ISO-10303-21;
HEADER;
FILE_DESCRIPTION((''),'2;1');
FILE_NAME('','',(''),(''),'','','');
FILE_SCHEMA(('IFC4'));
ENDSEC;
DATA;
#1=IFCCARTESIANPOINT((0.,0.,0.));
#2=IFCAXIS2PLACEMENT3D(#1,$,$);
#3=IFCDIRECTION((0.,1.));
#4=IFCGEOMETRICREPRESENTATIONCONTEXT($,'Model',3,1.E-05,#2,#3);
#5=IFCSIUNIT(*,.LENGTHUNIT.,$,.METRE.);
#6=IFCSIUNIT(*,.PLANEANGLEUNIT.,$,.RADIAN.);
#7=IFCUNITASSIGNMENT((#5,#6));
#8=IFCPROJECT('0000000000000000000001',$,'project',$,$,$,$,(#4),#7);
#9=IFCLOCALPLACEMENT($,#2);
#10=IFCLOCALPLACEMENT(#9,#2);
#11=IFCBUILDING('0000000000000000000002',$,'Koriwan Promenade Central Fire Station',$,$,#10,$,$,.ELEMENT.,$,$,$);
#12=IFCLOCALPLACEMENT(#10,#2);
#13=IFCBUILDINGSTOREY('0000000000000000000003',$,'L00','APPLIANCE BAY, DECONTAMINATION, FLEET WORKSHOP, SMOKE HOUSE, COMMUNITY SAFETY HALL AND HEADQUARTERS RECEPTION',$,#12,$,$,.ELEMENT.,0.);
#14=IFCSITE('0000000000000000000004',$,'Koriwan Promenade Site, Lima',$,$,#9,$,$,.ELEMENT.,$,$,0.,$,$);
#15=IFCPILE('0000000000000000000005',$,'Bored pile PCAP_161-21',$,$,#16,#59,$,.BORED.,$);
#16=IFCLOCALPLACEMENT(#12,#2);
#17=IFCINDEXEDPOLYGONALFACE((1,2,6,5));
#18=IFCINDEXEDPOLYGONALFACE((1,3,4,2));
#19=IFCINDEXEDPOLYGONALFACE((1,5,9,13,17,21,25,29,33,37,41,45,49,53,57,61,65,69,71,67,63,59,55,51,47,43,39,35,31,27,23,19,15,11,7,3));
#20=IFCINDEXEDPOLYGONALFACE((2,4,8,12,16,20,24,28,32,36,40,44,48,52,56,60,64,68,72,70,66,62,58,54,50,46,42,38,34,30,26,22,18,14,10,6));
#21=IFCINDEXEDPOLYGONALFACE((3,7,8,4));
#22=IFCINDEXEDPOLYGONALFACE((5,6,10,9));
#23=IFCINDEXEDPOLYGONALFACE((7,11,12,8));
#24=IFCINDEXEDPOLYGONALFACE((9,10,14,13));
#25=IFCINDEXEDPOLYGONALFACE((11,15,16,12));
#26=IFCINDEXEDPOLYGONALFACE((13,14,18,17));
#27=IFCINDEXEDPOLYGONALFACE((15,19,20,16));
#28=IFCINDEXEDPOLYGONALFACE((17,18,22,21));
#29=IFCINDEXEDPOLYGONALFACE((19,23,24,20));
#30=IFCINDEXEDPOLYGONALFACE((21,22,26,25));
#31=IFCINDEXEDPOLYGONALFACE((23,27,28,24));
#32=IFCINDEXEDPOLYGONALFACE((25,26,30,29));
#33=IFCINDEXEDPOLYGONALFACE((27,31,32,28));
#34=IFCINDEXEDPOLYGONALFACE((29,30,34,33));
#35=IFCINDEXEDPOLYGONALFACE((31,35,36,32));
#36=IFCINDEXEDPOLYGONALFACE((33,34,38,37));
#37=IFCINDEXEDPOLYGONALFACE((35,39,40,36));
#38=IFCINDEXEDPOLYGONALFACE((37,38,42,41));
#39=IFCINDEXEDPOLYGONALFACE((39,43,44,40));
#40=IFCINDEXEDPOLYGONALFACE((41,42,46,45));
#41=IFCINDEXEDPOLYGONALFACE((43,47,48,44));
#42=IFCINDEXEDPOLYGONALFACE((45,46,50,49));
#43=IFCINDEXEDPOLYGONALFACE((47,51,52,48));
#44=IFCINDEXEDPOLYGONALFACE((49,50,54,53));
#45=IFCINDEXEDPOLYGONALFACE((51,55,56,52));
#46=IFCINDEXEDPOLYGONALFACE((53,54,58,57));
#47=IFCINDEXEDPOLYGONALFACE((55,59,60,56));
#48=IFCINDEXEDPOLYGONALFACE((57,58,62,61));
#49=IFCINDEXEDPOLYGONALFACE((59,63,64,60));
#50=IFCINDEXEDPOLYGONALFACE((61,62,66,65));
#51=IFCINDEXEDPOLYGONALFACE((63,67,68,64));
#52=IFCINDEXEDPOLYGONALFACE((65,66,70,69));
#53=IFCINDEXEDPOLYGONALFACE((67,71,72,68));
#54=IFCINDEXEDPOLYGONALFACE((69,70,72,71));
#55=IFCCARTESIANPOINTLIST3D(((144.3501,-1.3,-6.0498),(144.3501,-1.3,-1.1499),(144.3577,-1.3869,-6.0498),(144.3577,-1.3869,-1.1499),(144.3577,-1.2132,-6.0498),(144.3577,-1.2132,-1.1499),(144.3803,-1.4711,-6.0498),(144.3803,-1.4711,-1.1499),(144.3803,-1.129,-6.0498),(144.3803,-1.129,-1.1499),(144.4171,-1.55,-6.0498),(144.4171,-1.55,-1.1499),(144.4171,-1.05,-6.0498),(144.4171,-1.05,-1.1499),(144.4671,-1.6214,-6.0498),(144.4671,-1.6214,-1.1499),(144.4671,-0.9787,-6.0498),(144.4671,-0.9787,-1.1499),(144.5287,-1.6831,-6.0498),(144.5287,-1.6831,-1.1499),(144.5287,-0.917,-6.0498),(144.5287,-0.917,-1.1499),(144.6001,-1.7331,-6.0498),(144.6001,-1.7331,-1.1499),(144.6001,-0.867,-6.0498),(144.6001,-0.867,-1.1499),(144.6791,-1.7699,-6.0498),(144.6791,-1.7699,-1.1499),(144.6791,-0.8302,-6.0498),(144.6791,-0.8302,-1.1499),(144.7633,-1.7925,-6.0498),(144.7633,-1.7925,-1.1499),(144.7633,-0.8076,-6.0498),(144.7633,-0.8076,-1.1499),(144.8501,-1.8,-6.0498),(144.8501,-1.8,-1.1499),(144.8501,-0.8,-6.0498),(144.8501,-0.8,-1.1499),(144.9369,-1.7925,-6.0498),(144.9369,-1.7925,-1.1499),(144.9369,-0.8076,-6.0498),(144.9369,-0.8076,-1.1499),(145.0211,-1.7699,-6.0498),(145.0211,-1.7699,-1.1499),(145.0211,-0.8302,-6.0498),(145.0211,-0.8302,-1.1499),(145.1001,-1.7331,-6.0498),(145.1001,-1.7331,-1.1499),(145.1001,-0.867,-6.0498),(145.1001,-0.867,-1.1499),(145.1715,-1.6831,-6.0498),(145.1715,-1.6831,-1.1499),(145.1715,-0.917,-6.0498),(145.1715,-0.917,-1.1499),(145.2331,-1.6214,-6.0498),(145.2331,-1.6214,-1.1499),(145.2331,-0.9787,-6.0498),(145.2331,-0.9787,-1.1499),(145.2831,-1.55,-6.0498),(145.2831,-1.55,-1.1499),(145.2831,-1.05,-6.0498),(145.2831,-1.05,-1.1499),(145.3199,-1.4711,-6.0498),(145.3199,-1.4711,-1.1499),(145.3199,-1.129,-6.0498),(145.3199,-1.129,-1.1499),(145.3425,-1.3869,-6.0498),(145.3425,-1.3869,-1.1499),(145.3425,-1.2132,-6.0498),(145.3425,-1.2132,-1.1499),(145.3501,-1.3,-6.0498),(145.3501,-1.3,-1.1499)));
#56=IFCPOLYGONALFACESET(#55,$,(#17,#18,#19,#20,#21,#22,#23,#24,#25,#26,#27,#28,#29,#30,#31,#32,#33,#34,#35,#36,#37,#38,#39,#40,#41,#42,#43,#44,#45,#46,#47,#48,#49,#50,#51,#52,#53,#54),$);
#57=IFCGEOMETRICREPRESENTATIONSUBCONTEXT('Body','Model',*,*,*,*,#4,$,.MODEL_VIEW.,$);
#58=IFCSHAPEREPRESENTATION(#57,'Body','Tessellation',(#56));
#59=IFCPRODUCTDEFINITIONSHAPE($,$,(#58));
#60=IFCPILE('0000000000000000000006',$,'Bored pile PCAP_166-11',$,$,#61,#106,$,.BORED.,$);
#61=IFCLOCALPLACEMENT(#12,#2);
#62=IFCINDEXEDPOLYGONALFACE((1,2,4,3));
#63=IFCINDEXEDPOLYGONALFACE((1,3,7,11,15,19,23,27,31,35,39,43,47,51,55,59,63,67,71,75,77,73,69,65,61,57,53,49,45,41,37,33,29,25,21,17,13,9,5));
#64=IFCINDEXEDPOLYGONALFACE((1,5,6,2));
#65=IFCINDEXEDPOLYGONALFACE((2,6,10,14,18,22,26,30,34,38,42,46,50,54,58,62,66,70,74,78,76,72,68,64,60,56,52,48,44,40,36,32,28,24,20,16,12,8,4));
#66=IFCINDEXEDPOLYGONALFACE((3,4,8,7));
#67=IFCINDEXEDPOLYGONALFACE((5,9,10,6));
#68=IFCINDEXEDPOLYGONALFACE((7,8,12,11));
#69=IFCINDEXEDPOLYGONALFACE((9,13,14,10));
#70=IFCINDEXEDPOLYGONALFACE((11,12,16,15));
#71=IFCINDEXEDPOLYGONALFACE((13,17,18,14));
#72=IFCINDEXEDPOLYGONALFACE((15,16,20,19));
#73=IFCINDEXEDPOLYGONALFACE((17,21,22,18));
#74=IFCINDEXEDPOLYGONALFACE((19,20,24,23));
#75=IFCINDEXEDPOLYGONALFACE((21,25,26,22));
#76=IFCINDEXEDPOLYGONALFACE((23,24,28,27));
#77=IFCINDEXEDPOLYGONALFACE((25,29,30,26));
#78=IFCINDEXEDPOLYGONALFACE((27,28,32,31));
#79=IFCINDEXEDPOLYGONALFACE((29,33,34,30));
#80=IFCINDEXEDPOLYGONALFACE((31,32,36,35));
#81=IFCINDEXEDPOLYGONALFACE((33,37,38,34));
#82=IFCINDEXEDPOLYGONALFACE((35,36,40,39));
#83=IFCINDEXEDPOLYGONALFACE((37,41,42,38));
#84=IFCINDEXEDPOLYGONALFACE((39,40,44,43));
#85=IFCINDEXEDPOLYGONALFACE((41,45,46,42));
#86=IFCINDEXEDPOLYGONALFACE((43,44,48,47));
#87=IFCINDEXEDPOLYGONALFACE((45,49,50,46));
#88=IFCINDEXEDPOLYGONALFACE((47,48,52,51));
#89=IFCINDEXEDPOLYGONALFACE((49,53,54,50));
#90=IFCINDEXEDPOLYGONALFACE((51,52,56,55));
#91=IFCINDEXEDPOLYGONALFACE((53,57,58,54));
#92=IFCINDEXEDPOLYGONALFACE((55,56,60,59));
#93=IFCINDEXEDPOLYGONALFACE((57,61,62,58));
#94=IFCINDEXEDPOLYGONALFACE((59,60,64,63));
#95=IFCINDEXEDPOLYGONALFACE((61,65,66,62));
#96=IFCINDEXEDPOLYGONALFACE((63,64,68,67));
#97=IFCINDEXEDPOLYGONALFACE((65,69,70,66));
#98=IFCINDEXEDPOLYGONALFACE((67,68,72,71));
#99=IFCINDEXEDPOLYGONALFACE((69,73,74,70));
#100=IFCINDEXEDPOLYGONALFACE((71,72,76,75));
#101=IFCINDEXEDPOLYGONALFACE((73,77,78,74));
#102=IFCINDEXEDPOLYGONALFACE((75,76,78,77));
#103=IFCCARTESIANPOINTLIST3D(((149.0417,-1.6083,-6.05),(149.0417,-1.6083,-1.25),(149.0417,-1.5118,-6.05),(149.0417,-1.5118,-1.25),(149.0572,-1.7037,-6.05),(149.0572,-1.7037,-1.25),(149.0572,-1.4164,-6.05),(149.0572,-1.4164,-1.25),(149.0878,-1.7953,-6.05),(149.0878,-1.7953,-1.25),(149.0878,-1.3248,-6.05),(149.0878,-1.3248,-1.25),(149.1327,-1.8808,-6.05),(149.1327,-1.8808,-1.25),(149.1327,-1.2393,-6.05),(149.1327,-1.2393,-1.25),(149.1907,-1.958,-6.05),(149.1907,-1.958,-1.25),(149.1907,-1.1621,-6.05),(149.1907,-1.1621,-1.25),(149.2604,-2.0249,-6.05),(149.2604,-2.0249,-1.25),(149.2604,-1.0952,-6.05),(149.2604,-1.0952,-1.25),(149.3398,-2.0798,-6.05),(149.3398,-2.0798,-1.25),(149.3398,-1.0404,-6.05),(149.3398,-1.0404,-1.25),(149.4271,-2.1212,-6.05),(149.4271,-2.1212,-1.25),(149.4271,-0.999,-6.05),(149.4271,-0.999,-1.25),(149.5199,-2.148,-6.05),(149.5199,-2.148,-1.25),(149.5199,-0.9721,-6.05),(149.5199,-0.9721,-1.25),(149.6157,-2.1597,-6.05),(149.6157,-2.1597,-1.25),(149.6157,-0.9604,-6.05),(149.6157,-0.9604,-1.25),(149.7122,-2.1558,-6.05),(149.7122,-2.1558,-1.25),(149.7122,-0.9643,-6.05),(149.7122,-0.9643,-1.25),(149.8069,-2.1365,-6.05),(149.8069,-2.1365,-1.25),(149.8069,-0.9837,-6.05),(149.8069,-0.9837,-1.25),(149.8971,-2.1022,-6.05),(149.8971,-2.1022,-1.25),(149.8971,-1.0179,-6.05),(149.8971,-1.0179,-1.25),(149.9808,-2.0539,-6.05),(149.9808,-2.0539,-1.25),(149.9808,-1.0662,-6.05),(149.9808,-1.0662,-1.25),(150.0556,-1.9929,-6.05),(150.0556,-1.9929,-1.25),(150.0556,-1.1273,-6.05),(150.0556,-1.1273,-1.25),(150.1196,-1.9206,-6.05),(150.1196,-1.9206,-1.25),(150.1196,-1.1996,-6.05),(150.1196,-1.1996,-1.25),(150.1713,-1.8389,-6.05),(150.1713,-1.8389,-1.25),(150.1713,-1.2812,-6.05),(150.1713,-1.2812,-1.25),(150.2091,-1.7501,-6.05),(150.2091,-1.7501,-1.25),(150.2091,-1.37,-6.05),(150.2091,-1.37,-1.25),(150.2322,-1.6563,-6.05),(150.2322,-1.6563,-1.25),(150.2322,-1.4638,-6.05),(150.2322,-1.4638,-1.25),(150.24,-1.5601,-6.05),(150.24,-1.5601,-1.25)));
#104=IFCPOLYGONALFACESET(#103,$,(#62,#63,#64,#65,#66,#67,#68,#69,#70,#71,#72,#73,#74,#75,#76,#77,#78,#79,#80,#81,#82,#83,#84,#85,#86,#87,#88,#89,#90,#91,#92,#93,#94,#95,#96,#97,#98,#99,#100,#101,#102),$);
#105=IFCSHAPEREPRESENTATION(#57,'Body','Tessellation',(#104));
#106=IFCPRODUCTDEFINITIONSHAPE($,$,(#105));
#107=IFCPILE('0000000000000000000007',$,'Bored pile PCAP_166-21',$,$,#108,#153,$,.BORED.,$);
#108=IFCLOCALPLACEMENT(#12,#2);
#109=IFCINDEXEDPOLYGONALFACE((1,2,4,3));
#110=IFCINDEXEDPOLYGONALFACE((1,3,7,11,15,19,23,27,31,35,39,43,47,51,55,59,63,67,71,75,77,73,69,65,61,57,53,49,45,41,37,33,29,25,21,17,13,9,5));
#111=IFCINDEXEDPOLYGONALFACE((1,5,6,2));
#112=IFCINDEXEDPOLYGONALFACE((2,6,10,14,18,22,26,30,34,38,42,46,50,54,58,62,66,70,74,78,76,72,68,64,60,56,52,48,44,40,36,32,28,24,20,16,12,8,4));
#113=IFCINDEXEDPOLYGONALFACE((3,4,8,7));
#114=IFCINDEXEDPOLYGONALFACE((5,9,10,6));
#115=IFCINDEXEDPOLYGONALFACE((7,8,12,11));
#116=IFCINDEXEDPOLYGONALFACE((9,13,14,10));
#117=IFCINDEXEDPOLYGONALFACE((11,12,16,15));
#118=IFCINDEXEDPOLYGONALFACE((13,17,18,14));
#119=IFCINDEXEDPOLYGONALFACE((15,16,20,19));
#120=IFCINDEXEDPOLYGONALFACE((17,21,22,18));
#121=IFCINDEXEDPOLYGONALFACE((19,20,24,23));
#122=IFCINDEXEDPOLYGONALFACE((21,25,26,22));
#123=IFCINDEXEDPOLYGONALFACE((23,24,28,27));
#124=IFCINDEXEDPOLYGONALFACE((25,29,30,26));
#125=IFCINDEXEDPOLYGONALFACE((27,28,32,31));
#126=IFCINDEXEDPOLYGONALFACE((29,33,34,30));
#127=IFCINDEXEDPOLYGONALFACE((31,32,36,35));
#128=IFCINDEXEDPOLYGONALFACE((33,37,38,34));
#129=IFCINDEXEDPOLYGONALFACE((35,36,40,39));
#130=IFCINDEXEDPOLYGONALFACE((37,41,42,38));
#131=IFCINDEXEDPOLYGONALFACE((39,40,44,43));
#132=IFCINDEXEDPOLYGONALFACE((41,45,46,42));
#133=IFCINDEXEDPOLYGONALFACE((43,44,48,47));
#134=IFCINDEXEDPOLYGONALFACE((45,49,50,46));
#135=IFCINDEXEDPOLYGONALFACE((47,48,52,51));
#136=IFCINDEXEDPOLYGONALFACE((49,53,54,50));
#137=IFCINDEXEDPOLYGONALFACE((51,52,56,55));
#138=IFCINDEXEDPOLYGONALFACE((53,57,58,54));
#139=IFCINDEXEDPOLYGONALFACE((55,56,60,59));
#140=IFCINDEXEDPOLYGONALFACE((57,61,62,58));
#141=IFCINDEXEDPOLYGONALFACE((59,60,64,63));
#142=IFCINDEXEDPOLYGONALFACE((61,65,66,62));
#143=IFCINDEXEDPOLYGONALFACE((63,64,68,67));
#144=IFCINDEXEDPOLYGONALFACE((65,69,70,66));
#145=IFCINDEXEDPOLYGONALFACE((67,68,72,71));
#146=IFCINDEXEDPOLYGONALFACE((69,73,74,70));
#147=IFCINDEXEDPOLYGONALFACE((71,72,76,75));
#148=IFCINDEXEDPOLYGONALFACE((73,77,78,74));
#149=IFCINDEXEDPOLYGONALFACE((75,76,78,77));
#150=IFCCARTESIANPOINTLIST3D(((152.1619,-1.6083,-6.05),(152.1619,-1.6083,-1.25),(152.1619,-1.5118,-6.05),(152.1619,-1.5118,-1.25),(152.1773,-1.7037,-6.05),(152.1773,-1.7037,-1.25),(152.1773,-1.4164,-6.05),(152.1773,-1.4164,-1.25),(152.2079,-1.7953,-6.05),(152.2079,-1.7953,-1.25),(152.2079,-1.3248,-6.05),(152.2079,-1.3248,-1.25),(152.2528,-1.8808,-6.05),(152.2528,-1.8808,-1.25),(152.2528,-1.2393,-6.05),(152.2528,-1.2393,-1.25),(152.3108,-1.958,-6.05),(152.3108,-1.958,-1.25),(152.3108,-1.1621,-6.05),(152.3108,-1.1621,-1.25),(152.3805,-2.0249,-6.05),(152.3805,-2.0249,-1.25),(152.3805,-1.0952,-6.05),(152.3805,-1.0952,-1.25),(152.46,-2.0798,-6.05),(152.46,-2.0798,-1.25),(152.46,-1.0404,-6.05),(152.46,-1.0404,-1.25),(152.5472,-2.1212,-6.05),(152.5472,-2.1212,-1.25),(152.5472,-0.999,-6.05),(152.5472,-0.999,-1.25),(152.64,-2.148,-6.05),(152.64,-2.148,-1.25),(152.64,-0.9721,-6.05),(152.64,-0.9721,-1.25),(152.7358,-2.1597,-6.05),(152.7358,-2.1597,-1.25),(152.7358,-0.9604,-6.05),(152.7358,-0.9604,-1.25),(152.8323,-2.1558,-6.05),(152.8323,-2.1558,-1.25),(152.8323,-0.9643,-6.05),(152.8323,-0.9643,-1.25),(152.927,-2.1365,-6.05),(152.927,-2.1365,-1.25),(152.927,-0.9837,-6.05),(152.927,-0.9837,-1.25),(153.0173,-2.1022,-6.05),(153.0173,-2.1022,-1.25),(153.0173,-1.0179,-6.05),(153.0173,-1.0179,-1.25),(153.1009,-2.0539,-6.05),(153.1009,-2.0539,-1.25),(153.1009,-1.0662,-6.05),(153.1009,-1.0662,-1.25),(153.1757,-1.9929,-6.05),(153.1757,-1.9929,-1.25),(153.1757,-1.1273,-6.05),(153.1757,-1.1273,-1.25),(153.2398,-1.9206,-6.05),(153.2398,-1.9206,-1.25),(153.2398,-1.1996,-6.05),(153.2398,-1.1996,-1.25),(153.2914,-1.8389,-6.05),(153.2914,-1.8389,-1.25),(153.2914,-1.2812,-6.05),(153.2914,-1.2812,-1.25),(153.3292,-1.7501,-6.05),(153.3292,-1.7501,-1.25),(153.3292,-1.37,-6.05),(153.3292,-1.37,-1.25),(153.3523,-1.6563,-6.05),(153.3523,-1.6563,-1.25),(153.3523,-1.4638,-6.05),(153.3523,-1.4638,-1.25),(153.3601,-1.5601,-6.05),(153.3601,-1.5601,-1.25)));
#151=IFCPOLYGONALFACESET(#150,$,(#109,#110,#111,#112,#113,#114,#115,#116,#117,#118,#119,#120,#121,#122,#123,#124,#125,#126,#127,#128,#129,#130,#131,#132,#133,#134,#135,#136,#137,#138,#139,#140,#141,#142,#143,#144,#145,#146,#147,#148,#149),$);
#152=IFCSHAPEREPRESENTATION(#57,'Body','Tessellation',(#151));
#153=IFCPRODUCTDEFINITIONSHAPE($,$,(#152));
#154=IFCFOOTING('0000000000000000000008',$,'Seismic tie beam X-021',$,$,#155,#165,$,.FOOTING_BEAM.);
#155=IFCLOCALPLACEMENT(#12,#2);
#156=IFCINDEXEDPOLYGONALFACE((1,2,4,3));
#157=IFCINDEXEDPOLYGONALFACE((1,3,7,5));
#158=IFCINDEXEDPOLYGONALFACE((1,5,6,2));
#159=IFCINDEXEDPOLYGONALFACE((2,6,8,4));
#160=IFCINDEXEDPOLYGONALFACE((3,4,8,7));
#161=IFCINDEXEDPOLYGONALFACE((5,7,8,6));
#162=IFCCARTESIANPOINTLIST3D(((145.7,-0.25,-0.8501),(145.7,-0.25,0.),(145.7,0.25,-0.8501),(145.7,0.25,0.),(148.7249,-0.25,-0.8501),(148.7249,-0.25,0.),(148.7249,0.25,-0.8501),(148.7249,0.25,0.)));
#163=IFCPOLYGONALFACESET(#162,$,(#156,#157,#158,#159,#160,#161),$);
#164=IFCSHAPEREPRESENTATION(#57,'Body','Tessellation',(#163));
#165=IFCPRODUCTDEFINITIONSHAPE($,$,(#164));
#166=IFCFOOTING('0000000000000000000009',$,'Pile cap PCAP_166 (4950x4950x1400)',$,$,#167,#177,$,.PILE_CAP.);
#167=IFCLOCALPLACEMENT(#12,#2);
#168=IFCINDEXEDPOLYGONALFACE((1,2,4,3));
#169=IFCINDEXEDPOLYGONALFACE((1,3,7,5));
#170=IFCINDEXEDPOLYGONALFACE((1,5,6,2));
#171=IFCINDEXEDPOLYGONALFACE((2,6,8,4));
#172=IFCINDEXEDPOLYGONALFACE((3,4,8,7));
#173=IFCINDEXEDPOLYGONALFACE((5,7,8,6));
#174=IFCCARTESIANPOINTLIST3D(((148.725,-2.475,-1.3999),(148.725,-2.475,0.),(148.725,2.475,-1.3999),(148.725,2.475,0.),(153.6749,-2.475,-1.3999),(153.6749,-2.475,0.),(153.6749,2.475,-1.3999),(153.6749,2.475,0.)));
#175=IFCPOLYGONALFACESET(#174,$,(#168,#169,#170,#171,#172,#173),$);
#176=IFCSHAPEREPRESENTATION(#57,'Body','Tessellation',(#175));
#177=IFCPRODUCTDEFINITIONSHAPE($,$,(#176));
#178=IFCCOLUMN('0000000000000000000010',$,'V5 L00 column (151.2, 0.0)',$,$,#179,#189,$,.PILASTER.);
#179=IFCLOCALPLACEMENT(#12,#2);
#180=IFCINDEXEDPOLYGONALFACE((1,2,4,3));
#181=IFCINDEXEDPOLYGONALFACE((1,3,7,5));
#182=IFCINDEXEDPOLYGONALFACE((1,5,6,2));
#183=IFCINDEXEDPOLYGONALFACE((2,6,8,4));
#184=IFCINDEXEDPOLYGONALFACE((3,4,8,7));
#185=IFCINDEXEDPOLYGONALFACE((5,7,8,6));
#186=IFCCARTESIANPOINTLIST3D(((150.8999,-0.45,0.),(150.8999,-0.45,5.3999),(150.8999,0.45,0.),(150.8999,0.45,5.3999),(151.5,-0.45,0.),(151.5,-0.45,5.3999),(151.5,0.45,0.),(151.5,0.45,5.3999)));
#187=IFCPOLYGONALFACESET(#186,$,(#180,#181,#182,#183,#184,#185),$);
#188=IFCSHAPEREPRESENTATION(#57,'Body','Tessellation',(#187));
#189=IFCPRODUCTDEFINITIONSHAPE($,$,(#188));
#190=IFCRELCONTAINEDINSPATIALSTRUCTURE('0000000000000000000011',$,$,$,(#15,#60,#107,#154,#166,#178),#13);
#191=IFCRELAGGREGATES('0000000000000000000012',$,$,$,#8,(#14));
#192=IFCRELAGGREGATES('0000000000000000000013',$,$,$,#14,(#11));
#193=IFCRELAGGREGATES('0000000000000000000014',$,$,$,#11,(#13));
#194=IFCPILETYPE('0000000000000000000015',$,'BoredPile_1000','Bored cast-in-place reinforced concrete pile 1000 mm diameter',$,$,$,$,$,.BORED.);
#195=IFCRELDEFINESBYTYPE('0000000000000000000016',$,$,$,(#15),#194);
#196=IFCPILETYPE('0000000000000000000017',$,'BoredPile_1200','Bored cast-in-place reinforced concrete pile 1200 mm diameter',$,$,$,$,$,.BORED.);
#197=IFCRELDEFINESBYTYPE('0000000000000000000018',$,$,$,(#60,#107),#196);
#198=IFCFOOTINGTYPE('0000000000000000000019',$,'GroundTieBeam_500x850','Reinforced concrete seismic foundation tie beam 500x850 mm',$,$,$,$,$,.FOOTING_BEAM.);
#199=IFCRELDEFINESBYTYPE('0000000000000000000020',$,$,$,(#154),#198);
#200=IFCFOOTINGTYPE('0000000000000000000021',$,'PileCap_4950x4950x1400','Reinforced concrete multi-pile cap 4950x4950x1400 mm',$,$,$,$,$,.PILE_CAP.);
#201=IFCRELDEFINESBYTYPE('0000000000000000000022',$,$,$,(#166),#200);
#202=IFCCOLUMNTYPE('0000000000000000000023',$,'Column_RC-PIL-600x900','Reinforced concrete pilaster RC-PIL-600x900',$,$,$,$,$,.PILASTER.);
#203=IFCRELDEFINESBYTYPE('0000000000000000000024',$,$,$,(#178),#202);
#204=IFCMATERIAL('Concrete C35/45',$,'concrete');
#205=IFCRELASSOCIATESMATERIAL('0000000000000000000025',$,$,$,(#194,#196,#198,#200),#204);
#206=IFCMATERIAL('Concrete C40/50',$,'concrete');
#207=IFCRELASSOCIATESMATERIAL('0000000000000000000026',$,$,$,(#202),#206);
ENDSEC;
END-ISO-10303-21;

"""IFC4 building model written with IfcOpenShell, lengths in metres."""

from ifc_helpers import new_model, si_unit, direction, frame, origin, origin_2d, place, context, subcontext, project, spatial, rectangle, circle, extrude, material, material_profile, profile_set, type_object, element, save


model = new_model("IFC4")

# Units and contexts
model_context = context("Model", 3, precision=1e-05, world=origin(), true_north=direction((0.0, 1.0)))
body_context = subcontext(model_context, "Body", "Model", "MODEL_VIEW")
ifc_project = project(units=[si_unit("LENGTHUNIT", "METRE"), si_unit("PLANEANGLEUNIT", "RADIAN")], contexts=[model_context])

# Site, building, storey
site_placement = place(None, origin())
site = spatial("IfcSite", under=ifc_project, at=site_placement, Name="Koriwan Promenade Site, Lima", CompositionType="ELEMENT", RefElevation=0.0)
building_placement = place(site_placement, origin())
building = spatial("IfcBuilding", under=site, at=building_placement, Name="Koriwan Promenade Central Fire Station", CompositionType="ELEMENT")
storey_placement = place(building_placement, origin())
storey = spatial("IfcBuildingStorey", under=building, at=storey_placement, Name="L00", Description="APPLIANCE BAY, DECONTAMINATION, FLEET WORKSHOP, SMOKE HOUSE, COMMUNITY SAFETY HALL AND HEADQUARTERS RECEPTION", CompositionType="ELEMENT", Elevation=0.0)

# Piles
ifc_material_1 = material(Name="Concrete C35/45", Category="concrete")
ifc_material_profile_1 = material_profile(ifc_material_1, circle(Radius=0.5, at=origin_2d()), Name="PILE-D1000")
ifc_profile_set_1 = profile_set([ifc_material_profile_1], Name="Concrete C35/45")
pile_type_1 = type_object("IfcPileType", Name="BoredPile_1000", Description="Bored cast-in-place reinforced concrete pile 1000 mm diameter", PredefinedType="BORED", material=ifc_profile_set_1)
pile_placement = place(storey_placement, frame((144.8501, -1.3, -1.1499), z_axis=(0.0, 0.0, -1.0), x_axis=(1.0, 0.0, 0.0)))
element("IfcPile", 1, at=pile_placement, inside=storey, type_object=pile_type_1, Name="Bored pile PCAP_161-21", PredefinedType="BORED", context=body_context, shape_type="SweptSolid", body=[
    extrude(circle(Radius=0.5, at=origin_2d()), origin(), (0.0, 0.0, 1.0), 4.8999),
])
ifc_material_profile_2 = material_profile(ifc_material_1, circle(Radius=0.6001, at=origin_2d()), Name="PILE-D1200")
ifc_profile_set_2 = profile_set([ifc_material_profile_2], Name="Concrete C35/45")
pile_type_2 = type_object("IfcPileType", Name="BoredPile_1200", Description="Bored cast-in-place reinforced concrete pile 1200 mm diameter", PredefinedType="BORED", material=ifc_profile_set_2)
for number, where, z_axis, x_axis, name in (
    (2, (149.6399, -1.5601, -1.25), (0.0, 0.0, -1.0), (1.0, 0.0, 0.0), "Bored pile PCAP_166-11"),
    (3, (152.76, -1.5601, -1.25), (0.0, 0.0, -1.0), (1.0, 0.0, 0.0), "Bored pile PCAP_166-21"),
):
    element("IfcPile", number, at=place(storey_placement, frame(where, z_axis=z_axis, x_axis=x_axis)), inside=storey, type_object=pile_type_2, Name=name, PredefinedType="BORED", context=body_context, shape_type="SweptSolid", body=[
        extrude(circle(Radius=0.6001, at=origin_2d()), origin(), (0.0, 0.0, 1.0), 4.8),
    ])

# Footings
footing_type_1 = type_object("IfcFootingType", Name="GroundTieBeam_500x850", Description="Reinforced concrete seismic foundation tie beam 500x850 mm", PredefinedType="FOOTING_BEAM", material=ifc_material_1)
footing_1_placement = place(storey_placement, frame((147.2124, 0.0, -0.8501), z_axis=(0.0, 0.0, 1.0), x_axis=(1.0, 0.0, 0.0)))
element("IfcFooting", 4, at=footing_1_placement, inside=storey, type_object=footing_type_1, Name="Seismic tie beam X-021", PredefinedType="FOOTING_BEAM", context=body_context, shape_type="SweptSolid", body=[
    extrude(rectangle(XDim=3.0249, YDim=0.5, at=origin_2d()), origin(), (0.0, 0.0, 1.0), 0.8501),
])
footing_type_2 = type_object("IfcFootingType", Name="PileCap_4950x4950x1400", Description="Reinforced concrete multi-pile cap 4950x4950x1400 mm", PredefinedType="PILE_CAP", material=ifc_material_1)
footing_2_placement = place(storey_placement, frame((151.2, 0.0, -1.3999), z_axis=(0.0, 0.0, 1.0), x_axis=(1.0, 0.0, 0.0)))
element("IfcFooting", 5, at=footing_2_placement, inside=storey, type_object=footing_type_2, Name="Pile cap PCAP_166 (4950x4950x1400)", PredefinedType="PILE_CAP", context=body_context, shape_type="SweptSolid", body=[
    extrude(rectangle(XDim=4.95, YDim=4.95, at=origin_2d()), origin(), (0.0, 0.0, 1.0), 1.3999),
])

# Column
ifc_material_2 = material(Name="Concrete C40/50", Category="concrete")
ifc_material_profile_3 = material_profile(ifc_material_2, rectangle(XDim=0.6001, YDim=0.8999, at=origin_2d()), Name="RC-PIL-600x900")
ifc_profile_set_3 = profile_set([ifc_material_profile_3], Name="Concrete C40/50")
column_type = type_object("IfcColumnType", Name="Column_RC-PIL-600x900", Description="Reinforced concrete pilaster RC-PIL-600x900", PredefinedType="PILASTER", material=ifc_profile_set_3)
column_placement = place(storey_placement, frame((151.2, 0.0, 0.0), z_axis=(0.0, 0.0, 1.0), x_axis=(1.0, 0.0, 0.0)))
element("IfcColumn", 6, at=column_placement, inside=storey, type_object=column_type, Name="V5 L00 column (151.2, 0.0)", PredefinedType="PILASTER", context=body_context, shape_type="SweptSolid", body=[
    extrude(rectangle(XDim=0.6001, YDim=0.8999, at=origin_2d()), origin(), (0.0, 0.0, 1.0), 5.3999),
])

save(model, "model.ifc")
